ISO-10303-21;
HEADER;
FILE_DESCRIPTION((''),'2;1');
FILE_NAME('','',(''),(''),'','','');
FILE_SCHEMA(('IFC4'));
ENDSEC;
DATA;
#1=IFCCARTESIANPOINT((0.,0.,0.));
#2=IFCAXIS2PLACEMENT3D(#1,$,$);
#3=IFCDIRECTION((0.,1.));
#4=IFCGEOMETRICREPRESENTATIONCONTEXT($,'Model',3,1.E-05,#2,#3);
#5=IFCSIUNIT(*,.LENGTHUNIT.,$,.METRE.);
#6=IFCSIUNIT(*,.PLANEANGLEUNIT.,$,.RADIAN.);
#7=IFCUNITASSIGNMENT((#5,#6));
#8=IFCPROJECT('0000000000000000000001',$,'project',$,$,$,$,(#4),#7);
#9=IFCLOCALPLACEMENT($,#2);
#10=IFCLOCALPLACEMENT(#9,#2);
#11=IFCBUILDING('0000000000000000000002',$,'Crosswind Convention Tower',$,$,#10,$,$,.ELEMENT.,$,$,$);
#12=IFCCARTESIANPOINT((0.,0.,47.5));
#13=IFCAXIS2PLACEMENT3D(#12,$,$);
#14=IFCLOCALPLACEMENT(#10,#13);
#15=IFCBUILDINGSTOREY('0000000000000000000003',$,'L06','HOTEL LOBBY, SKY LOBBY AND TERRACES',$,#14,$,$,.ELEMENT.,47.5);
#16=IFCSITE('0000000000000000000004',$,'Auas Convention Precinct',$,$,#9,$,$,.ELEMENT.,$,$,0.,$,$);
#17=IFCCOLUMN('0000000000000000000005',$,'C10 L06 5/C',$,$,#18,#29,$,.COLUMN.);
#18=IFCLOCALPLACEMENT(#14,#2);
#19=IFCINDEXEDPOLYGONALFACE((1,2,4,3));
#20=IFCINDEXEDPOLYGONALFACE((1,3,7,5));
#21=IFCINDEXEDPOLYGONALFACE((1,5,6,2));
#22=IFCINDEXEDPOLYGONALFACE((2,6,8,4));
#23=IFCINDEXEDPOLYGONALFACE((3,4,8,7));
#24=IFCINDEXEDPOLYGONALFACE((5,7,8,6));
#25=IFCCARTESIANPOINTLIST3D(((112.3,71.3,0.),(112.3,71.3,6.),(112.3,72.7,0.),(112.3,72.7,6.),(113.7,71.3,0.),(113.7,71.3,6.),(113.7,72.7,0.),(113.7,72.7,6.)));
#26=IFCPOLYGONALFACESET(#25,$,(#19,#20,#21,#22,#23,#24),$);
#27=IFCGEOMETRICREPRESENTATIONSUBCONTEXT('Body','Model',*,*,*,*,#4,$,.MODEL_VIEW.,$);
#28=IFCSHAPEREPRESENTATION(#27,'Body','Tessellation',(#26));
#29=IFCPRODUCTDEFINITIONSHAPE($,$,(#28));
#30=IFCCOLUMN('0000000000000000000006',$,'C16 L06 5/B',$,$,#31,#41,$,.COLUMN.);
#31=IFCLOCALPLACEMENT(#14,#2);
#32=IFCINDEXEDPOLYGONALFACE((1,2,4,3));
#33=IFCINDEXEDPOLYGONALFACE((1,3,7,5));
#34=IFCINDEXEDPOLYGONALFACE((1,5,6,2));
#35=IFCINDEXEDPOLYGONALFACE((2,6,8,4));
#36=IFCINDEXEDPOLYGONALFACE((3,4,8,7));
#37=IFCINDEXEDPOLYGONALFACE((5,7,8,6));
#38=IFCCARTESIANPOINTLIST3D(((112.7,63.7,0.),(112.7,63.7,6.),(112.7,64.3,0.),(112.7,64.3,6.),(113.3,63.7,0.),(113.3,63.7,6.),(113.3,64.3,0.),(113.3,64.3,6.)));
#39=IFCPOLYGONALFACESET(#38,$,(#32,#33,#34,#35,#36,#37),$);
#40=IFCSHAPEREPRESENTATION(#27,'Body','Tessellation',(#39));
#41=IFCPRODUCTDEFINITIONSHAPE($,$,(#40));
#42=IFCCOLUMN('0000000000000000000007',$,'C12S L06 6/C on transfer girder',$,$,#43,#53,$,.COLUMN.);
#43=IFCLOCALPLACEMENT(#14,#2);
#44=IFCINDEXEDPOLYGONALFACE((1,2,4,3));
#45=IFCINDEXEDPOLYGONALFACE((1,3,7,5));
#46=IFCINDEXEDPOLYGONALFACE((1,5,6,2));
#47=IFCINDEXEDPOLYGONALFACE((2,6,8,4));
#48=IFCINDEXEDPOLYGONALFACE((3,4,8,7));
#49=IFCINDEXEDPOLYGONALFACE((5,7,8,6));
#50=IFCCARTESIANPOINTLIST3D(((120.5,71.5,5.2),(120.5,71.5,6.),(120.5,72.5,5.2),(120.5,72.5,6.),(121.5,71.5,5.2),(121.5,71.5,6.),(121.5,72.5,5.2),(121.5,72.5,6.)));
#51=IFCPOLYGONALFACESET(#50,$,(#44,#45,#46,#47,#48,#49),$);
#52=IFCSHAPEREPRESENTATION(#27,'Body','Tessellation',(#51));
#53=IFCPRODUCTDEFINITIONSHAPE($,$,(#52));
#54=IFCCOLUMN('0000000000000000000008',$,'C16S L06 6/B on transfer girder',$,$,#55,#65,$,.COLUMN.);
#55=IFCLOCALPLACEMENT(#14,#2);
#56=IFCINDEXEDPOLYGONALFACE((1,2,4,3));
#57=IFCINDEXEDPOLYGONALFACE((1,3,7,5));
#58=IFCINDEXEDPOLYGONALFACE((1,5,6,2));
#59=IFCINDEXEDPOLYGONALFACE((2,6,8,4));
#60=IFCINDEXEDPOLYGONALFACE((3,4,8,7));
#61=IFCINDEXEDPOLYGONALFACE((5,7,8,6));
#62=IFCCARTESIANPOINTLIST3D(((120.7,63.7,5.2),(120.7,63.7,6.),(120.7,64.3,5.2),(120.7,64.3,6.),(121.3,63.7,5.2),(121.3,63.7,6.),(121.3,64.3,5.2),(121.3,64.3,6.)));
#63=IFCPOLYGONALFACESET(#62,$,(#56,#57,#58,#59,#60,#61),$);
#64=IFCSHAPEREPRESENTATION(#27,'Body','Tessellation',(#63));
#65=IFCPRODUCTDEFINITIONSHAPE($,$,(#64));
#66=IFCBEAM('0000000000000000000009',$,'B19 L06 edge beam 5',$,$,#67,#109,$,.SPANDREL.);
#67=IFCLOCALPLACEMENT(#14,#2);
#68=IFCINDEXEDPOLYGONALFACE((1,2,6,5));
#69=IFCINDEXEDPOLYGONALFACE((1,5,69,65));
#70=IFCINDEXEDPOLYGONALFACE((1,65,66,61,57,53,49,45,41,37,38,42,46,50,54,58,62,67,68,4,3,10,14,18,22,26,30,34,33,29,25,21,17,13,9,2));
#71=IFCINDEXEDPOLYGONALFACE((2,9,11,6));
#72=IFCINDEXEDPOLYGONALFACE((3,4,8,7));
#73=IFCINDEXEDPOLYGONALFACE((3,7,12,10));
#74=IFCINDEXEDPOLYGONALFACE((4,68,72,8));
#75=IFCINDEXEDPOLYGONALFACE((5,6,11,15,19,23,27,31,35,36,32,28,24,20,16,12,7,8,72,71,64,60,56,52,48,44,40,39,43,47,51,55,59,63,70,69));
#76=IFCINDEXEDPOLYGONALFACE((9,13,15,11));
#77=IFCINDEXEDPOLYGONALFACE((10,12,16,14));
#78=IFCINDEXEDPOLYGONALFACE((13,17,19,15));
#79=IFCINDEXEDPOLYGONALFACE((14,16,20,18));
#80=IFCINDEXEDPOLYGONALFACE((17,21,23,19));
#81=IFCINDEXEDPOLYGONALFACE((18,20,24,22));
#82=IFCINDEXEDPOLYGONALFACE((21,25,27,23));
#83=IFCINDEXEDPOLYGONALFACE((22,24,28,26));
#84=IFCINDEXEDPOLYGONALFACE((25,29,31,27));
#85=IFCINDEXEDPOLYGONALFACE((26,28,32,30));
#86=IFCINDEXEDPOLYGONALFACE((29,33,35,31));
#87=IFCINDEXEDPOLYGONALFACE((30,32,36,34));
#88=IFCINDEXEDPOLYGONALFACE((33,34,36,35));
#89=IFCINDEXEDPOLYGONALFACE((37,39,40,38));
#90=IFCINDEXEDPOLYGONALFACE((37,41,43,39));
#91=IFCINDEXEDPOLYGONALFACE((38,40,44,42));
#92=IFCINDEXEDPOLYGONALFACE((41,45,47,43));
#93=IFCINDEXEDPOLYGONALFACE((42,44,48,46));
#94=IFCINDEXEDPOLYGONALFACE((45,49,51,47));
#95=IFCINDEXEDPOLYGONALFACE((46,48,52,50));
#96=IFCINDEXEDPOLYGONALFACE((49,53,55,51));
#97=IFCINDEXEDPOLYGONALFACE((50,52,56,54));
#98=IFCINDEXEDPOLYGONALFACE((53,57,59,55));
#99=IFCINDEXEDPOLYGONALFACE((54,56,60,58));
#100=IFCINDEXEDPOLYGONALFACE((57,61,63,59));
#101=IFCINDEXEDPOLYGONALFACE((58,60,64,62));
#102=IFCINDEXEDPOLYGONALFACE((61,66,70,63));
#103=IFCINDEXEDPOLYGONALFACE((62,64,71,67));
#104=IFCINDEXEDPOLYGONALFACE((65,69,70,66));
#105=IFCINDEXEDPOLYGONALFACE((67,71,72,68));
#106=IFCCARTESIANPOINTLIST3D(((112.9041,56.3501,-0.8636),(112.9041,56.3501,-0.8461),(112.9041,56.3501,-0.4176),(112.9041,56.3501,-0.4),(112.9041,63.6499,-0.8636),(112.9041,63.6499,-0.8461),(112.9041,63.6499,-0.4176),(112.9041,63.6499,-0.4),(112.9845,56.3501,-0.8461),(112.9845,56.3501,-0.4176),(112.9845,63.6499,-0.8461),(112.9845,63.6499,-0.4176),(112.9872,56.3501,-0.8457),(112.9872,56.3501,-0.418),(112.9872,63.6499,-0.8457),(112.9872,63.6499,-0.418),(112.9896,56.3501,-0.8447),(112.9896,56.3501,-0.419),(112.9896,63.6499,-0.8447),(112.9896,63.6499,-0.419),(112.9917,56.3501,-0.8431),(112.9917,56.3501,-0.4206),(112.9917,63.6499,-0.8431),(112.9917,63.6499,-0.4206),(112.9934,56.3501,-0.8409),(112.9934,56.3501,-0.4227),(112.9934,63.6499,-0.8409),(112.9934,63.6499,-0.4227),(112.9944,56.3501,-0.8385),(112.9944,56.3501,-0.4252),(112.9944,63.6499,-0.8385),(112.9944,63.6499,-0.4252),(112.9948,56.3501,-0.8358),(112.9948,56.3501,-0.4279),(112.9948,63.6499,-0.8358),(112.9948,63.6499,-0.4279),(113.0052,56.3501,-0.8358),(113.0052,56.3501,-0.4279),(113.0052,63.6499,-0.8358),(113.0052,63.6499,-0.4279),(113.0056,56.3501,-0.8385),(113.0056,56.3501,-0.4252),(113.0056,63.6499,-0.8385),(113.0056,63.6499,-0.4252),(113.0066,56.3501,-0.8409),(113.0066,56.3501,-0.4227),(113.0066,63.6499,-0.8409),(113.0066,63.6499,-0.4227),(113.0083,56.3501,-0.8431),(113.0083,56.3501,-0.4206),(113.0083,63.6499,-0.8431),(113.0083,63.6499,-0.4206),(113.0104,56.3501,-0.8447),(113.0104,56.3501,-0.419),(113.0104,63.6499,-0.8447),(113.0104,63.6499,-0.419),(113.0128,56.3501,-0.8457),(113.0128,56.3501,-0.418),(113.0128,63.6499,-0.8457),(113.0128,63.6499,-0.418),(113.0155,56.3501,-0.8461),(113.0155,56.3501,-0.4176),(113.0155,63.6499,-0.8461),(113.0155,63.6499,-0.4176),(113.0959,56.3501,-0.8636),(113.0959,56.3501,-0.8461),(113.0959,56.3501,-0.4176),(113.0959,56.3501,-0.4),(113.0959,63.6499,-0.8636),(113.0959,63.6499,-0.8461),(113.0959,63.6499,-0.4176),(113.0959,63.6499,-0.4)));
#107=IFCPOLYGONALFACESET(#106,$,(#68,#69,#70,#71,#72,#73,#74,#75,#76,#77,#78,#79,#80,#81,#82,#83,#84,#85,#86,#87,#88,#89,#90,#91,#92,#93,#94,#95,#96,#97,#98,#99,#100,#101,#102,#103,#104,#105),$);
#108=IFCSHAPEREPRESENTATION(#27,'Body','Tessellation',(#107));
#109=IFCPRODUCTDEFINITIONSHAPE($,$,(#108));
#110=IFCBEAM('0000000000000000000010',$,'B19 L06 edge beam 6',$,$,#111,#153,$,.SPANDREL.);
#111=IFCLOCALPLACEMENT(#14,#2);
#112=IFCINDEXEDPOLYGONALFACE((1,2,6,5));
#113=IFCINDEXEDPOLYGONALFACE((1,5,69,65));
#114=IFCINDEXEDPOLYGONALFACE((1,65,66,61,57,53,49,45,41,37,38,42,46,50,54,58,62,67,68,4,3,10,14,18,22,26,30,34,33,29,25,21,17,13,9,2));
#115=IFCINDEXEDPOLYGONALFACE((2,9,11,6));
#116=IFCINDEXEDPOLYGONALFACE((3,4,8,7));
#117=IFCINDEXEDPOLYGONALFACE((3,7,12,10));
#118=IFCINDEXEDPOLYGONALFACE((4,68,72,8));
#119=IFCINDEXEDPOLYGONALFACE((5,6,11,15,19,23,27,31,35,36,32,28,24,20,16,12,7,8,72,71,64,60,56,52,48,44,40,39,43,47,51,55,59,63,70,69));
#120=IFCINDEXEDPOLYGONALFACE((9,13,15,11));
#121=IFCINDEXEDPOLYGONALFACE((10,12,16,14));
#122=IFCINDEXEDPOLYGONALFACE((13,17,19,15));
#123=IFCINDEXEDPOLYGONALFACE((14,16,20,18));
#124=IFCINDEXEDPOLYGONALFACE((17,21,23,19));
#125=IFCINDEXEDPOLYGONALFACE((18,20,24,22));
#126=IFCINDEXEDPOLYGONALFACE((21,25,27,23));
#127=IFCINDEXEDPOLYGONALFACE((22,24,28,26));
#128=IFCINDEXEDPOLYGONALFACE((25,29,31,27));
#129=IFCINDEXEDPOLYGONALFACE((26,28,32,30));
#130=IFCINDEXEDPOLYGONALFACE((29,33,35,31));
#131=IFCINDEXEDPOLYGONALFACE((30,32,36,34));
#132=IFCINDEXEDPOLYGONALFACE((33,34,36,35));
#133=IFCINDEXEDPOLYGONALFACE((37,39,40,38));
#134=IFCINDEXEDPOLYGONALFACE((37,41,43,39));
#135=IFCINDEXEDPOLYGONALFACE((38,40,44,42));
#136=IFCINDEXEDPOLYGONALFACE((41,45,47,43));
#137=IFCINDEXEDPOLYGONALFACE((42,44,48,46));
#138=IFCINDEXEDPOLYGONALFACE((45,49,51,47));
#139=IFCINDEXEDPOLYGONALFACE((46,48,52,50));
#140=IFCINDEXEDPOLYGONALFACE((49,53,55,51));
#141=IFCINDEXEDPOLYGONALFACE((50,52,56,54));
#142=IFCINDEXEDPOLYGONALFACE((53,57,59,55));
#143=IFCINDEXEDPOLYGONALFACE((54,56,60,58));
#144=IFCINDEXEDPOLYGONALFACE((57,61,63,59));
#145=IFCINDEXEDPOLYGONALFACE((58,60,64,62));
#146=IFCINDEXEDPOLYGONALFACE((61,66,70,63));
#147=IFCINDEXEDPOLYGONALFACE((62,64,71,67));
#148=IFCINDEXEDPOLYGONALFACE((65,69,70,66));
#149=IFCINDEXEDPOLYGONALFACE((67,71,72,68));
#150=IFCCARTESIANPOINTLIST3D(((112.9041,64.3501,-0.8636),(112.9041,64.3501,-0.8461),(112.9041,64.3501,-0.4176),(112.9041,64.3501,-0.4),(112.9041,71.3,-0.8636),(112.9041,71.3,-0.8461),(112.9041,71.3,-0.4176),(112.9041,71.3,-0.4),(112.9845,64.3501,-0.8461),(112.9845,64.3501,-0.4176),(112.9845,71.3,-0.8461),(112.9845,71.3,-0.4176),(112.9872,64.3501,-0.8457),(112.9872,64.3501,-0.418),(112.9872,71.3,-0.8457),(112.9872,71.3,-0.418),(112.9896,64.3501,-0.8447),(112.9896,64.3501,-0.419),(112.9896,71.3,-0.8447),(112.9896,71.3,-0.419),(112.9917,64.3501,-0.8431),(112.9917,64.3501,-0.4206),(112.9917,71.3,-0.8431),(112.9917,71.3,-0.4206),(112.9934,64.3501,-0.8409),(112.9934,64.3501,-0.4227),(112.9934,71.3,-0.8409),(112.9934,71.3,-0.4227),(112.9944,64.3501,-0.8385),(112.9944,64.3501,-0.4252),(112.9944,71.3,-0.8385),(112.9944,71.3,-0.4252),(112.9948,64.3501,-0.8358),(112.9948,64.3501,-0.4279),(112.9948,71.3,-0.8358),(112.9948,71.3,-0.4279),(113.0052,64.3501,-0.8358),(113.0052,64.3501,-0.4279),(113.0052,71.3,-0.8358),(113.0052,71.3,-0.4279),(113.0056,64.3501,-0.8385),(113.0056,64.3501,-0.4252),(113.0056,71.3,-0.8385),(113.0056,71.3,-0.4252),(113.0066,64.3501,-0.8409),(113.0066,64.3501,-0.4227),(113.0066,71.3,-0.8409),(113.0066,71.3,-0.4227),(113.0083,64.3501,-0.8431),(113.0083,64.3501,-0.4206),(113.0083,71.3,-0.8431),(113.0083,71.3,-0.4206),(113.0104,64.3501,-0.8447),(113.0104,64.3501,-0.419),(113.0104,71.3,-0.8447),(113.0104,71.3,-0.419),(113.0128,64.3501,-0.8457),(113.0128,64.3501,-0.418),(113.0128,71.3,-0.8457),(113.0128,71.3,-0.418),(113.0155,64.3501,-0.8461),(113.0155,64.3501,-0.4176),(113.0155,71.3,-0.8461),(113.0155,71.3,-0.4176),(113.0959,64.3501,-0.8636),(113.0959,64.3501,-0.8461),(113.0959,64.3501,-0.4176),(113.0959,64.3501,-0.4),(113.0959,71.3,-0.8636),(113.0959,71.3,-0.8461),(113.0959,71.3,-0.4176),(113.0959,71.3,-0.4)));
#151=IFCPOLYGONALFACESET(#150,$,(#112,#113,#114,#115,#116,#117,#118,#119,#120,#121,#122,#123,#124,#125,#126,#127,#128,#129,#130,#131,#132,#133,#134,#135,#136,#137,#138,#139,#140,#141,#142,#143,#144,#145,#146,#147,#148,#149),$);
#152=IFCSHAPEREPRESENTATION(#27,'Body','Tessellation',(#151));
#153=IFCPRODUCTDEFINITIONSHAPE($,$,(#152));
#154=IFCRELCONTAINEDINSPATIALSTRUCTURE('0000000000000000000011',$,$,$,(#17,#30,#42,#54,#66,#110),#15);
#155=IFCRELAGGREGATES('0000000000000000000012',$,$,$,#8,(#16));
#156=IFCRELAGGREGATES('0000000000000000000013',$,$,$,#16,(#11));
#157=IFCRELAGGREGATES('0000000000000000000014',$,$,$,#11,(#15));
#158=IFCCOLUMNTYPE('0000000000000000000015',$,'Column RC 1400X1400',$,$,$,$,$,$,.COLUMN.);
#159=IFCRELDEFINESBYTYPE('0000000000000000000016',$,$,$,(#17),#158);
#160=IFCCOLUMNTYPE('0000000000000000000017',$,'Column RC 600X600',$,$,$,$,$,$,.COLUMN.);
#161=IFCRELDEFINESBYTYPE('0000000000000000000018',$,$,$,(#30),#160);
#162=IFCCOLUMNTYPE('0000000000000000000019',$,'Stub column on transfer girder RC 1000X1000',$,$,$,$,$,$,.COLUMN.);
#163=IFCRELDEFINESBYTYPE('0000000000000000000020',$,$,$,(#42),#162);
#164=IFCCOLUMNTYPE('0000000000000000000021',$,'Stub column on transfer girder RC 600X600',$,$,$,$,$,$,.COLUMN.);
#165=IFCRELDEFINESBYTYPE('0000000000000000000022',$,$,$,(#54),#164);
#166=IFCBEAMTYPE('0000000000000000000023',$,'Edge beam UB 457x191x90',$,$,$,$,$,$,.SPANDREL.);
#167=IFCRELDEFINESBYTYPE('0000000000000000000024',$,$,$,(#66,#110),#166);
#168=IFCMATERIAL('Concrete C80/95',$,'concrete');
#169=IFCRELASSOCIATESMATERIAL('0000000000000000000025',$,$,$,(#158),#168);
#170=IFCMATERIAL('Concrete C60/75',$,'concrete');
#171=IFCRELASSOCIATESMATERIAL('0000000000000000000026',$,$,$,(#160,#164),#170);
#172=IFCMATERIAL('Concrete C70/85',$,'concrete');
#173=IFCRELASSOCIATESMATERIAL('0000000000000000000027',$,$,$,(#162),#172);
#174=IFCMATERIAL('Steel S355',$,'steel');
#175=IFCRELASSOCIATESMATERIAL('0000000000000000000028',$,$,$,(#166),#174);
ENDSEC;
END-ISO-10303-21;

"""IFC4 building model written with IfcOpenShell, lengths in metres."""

from ifc_helpers import new_model, si_unit, direction, frame, origin, origin_2d, place, context, subcontext, project, spatial, rectangle, i_section, extrude, material, material_profile, profile_set, type_object, element, save


model = new_model("IFC4")

# Units and contexts
model_context = context("Model", 3, precision=1e-05, world=origin(), true_north=direction((0.0, 1.0)))
body_context = subcontext(model_context, "Body", "Model", "MODEL_VIEW")
ifc_project = project(units=[si_unit("LENGTHUNIT", "METRE"), si_unit("PLANEANGLEUNIT", "RADIAN")], contexts=[model_context])

# Site, building, storey
site_placement = place(None, origin())
site = spatial("IfcSite", under=ifc_project, at=site_placement, Name="Auas Convention Precinct", CompositionType="ELEMENT", RefElevation=0.0)
building_placement = place(site_placement, origin())
building = spatial("IfcBuilding", under=site, at=building_placement, Name="Crosswind Convention Tower", CompositionType="ELEMENT")
storey_placement = place(building_placement, frame((0.0, 0.0, 47.5)))
storey = spatial("IfcBuildingStorey", under=building, at=storey_placement, Name="L06", Description="HOTEL LOBBY, SKY LOBBY AND TERRACES", CompositionType="ELEMENT", Elevation=47.5)

# Columns
ifc_material_1 = material(Name="Concrete C80/95", Category="concrete")
ifc_material_profile_1 = material_profile(ifc_material_1, rectangle(XDim=1.3999, YDim=1.3999, at=origin_2d()), Name="RC 1400X1400")
ifc_profile_set_1 = profile_set([ifc_material_profile_1], Name="Concrete C80/95")
column_type_1 = type_object("IfcColumnType", Name="Column RC 1400X1400", PredefinedType="COLUMN", material=ifc_profile_set_1)
column_1_placement = place(storey_placement, frame((113.0, 72.0, 0.0), z_axis=(0.0, 0.0, 1.0), x_axis=(1.0, 0.0, 0.0)))
element("IfcColumn", 1, at=column_1_placement, inside=storey, type_object=column_type_1, Name="C10 L06 5/C", PredefinedType="COLUMN", context=body_context, shape_type="SweptSolid", body=[
    extrude(rectangle(XDim=1.3999, YDim=1.3999, at=origin_2d()), origin(), (0.0, 0.0, 1.0), 6.0),
])
ifc_material_2 = material(Name="Concrete C60/75", Category="concrete")
ifc_material_profile_2 = material_profile(ifc_material_2, rectangle(XDim=0.6001, YDim=0.6001, at=origin_2d()), Name="RC 600X600")
ifc_profile_set_2 = profile_set([ifc_material_profile_2], Name="Concrete C60/75")
column_type_2 = type_object("IfcColumnType", Name="Column RC 600X600", PredefinedType="COLUMN", material=ifc_profile_set_2)
column_2_placement = place(storey_placement, frame((113.0, 64.0, 0.0), z_axis=(0.0, 0.0, 1.0), x_axis=(1.0, 0.0, 0.0)))
element("IfcColumn", 2, at=column_2_placement, inside=storey, type_object=column_type_2, Name="C16 L06 5/B", PredefinedType="COLUMN", context=body_context, shape_type="SweptSolid", body=[
    extrude(rectangle(XDim=0.6001, YDim=0.6001, at=origin_2d()), origin(), (0.0, 0.0, 1.0), 6.0),
])
ifc_material_3 = material(Name="Concrete C70/85", Category="concrete")
ifc_material_profile_3 = material_profile(ifc_material_3, rectangle(XDim=1.0, YDim=1.0, at=origin_2d()), Name="RC 1000X1000")
ifc_profile_set_3 = profile_set([ifc_material_profile_3], Name="Concrete C70/85")
column_type_3 = type_object("IfcColumnType", Name="Stub column on transfer girder RC 1000X1000", PredefinedType="COLUMN", material=ifc_profile_set_3)
column_3_placement = place(storey_placement, frame((121.0, 72.0, 5.2), z_axis=(0.0, 0.0, 1.0), x_axis=(1.0, 0.0, 0.0)))
element("IfcColumn", 3, at=column_3_placement, inside=storey, type_object=column_type_3, Name="C12S L06 6/C on transfer girder", PredefinedType="COLUMN", context=body_context, shape_type="SweptSolid", body=[
    extrude(rectangle(XDim=1.0, YDim=1.0, at=origin_2d()), origin(), (0.0, 0.0, 1.0), 0.8),
])
ifc_material_profile_4 = material_profile(ifc_material_2, rectangle(XDim=0.6001, YDim=0.6001, at=origin_2d()), Name="RC 600X600")
ifc_profile_set_4 = profile_set([ifc_material_profile_4], Name="Concrete C60/75")
column_type_4 = type_object("IfcColumnType", Name="Stub column on transfer girder RC 600X600", PredefinedType="COLUMN", material=ifc_profile_set_4)
column_4_placement = place(storey_placement, frame((121.0, 64.0, 5.2), z_axis=(0.0, 0.0, 1.0), x_axis=(1.0, 0.0, 0.0)))
element("IfcColumn", 4, at=column_4_placement, inside=storey, type_object=column_type_4, Name="C16S L06 6/B on transfer girder", PredefinedType="COLUMN", context=body_context, shape_type="SweptSolid", body=[
    extrude(rectangle(XDim=0.6001, YDim=0.6001, at=origin_2d()), origin(), (0.0, 0.0, 1.0), 0.8),
])

# Beams
ifc_material_4 = material(Name="Steel S355", Category="steel")
ifc_material_profile_5 = material_profile(ifc_material_4, i_section(OverallWidth=0.1919, OverallDepth=0.4636, WebThickness=0.0105, FlangeThickness=0.0176, FilletRadius=0.0103, at=origin_2d()), Name="UB 457x191x90")
ifc_profile_set_5 = profile_set([ifc_material_profile_5], Name="Steel S355")
beam_type_1 = type_object("IfcBeamType", Name="Edge beam UB 457x191x90", PredefinedType="SPANDREL", material=ifc_profile_set_5)
beam_1_placement = place(storey_placement, frame((113.0, 56.3501, -0.6318), z_axis=(0.0, 1.0, 0.0), x_axis=(-1.0, 0.0, 0.0)))
element("IfcBeam", 5, at=beam_1_placement, inside=storey, type_object=beam_type_1, Name="B19 L06 edge beam 5", PredefinedType="SPANDREL", context=body_context, shape_type="SweptSolid", body=[
    extrude(i_section(OverallWidth=0.1919, OverallDepth=0.4636, WebThickness=0.0105, FlangeThickness=0.0176, FilletRadius=0.0103, at=origin_2d()), origin(), (0.0, 0.0, 1.0), 7.2998),
])
beam_2_placement = place(storey_placement, frame((113.0, 64.3501, -0.6318), z_axis=(0.0, 1.0, 0.0), x_axis=(-1.0, 0.0, 0.0)))
element("IfcBeam", 6, at=beam_2_placement, inside=storey, type_object=beam_type_1, Name="B19 L06 edge beam 6", PredefinedType="SPANDREL", context=body_context, shape_type="SweptSolid", body=[
    extrude(i_section(OverallWidth=0.1919, OverallDepth=0.4636, WebThickness=0.0105, FlangeThickness=0.0176, FilletRadius=0.0103, at=origin_2d()), origin(), (0.0, 0.0, 1.0), 6.95),
])

save(model, "model.ifc")
